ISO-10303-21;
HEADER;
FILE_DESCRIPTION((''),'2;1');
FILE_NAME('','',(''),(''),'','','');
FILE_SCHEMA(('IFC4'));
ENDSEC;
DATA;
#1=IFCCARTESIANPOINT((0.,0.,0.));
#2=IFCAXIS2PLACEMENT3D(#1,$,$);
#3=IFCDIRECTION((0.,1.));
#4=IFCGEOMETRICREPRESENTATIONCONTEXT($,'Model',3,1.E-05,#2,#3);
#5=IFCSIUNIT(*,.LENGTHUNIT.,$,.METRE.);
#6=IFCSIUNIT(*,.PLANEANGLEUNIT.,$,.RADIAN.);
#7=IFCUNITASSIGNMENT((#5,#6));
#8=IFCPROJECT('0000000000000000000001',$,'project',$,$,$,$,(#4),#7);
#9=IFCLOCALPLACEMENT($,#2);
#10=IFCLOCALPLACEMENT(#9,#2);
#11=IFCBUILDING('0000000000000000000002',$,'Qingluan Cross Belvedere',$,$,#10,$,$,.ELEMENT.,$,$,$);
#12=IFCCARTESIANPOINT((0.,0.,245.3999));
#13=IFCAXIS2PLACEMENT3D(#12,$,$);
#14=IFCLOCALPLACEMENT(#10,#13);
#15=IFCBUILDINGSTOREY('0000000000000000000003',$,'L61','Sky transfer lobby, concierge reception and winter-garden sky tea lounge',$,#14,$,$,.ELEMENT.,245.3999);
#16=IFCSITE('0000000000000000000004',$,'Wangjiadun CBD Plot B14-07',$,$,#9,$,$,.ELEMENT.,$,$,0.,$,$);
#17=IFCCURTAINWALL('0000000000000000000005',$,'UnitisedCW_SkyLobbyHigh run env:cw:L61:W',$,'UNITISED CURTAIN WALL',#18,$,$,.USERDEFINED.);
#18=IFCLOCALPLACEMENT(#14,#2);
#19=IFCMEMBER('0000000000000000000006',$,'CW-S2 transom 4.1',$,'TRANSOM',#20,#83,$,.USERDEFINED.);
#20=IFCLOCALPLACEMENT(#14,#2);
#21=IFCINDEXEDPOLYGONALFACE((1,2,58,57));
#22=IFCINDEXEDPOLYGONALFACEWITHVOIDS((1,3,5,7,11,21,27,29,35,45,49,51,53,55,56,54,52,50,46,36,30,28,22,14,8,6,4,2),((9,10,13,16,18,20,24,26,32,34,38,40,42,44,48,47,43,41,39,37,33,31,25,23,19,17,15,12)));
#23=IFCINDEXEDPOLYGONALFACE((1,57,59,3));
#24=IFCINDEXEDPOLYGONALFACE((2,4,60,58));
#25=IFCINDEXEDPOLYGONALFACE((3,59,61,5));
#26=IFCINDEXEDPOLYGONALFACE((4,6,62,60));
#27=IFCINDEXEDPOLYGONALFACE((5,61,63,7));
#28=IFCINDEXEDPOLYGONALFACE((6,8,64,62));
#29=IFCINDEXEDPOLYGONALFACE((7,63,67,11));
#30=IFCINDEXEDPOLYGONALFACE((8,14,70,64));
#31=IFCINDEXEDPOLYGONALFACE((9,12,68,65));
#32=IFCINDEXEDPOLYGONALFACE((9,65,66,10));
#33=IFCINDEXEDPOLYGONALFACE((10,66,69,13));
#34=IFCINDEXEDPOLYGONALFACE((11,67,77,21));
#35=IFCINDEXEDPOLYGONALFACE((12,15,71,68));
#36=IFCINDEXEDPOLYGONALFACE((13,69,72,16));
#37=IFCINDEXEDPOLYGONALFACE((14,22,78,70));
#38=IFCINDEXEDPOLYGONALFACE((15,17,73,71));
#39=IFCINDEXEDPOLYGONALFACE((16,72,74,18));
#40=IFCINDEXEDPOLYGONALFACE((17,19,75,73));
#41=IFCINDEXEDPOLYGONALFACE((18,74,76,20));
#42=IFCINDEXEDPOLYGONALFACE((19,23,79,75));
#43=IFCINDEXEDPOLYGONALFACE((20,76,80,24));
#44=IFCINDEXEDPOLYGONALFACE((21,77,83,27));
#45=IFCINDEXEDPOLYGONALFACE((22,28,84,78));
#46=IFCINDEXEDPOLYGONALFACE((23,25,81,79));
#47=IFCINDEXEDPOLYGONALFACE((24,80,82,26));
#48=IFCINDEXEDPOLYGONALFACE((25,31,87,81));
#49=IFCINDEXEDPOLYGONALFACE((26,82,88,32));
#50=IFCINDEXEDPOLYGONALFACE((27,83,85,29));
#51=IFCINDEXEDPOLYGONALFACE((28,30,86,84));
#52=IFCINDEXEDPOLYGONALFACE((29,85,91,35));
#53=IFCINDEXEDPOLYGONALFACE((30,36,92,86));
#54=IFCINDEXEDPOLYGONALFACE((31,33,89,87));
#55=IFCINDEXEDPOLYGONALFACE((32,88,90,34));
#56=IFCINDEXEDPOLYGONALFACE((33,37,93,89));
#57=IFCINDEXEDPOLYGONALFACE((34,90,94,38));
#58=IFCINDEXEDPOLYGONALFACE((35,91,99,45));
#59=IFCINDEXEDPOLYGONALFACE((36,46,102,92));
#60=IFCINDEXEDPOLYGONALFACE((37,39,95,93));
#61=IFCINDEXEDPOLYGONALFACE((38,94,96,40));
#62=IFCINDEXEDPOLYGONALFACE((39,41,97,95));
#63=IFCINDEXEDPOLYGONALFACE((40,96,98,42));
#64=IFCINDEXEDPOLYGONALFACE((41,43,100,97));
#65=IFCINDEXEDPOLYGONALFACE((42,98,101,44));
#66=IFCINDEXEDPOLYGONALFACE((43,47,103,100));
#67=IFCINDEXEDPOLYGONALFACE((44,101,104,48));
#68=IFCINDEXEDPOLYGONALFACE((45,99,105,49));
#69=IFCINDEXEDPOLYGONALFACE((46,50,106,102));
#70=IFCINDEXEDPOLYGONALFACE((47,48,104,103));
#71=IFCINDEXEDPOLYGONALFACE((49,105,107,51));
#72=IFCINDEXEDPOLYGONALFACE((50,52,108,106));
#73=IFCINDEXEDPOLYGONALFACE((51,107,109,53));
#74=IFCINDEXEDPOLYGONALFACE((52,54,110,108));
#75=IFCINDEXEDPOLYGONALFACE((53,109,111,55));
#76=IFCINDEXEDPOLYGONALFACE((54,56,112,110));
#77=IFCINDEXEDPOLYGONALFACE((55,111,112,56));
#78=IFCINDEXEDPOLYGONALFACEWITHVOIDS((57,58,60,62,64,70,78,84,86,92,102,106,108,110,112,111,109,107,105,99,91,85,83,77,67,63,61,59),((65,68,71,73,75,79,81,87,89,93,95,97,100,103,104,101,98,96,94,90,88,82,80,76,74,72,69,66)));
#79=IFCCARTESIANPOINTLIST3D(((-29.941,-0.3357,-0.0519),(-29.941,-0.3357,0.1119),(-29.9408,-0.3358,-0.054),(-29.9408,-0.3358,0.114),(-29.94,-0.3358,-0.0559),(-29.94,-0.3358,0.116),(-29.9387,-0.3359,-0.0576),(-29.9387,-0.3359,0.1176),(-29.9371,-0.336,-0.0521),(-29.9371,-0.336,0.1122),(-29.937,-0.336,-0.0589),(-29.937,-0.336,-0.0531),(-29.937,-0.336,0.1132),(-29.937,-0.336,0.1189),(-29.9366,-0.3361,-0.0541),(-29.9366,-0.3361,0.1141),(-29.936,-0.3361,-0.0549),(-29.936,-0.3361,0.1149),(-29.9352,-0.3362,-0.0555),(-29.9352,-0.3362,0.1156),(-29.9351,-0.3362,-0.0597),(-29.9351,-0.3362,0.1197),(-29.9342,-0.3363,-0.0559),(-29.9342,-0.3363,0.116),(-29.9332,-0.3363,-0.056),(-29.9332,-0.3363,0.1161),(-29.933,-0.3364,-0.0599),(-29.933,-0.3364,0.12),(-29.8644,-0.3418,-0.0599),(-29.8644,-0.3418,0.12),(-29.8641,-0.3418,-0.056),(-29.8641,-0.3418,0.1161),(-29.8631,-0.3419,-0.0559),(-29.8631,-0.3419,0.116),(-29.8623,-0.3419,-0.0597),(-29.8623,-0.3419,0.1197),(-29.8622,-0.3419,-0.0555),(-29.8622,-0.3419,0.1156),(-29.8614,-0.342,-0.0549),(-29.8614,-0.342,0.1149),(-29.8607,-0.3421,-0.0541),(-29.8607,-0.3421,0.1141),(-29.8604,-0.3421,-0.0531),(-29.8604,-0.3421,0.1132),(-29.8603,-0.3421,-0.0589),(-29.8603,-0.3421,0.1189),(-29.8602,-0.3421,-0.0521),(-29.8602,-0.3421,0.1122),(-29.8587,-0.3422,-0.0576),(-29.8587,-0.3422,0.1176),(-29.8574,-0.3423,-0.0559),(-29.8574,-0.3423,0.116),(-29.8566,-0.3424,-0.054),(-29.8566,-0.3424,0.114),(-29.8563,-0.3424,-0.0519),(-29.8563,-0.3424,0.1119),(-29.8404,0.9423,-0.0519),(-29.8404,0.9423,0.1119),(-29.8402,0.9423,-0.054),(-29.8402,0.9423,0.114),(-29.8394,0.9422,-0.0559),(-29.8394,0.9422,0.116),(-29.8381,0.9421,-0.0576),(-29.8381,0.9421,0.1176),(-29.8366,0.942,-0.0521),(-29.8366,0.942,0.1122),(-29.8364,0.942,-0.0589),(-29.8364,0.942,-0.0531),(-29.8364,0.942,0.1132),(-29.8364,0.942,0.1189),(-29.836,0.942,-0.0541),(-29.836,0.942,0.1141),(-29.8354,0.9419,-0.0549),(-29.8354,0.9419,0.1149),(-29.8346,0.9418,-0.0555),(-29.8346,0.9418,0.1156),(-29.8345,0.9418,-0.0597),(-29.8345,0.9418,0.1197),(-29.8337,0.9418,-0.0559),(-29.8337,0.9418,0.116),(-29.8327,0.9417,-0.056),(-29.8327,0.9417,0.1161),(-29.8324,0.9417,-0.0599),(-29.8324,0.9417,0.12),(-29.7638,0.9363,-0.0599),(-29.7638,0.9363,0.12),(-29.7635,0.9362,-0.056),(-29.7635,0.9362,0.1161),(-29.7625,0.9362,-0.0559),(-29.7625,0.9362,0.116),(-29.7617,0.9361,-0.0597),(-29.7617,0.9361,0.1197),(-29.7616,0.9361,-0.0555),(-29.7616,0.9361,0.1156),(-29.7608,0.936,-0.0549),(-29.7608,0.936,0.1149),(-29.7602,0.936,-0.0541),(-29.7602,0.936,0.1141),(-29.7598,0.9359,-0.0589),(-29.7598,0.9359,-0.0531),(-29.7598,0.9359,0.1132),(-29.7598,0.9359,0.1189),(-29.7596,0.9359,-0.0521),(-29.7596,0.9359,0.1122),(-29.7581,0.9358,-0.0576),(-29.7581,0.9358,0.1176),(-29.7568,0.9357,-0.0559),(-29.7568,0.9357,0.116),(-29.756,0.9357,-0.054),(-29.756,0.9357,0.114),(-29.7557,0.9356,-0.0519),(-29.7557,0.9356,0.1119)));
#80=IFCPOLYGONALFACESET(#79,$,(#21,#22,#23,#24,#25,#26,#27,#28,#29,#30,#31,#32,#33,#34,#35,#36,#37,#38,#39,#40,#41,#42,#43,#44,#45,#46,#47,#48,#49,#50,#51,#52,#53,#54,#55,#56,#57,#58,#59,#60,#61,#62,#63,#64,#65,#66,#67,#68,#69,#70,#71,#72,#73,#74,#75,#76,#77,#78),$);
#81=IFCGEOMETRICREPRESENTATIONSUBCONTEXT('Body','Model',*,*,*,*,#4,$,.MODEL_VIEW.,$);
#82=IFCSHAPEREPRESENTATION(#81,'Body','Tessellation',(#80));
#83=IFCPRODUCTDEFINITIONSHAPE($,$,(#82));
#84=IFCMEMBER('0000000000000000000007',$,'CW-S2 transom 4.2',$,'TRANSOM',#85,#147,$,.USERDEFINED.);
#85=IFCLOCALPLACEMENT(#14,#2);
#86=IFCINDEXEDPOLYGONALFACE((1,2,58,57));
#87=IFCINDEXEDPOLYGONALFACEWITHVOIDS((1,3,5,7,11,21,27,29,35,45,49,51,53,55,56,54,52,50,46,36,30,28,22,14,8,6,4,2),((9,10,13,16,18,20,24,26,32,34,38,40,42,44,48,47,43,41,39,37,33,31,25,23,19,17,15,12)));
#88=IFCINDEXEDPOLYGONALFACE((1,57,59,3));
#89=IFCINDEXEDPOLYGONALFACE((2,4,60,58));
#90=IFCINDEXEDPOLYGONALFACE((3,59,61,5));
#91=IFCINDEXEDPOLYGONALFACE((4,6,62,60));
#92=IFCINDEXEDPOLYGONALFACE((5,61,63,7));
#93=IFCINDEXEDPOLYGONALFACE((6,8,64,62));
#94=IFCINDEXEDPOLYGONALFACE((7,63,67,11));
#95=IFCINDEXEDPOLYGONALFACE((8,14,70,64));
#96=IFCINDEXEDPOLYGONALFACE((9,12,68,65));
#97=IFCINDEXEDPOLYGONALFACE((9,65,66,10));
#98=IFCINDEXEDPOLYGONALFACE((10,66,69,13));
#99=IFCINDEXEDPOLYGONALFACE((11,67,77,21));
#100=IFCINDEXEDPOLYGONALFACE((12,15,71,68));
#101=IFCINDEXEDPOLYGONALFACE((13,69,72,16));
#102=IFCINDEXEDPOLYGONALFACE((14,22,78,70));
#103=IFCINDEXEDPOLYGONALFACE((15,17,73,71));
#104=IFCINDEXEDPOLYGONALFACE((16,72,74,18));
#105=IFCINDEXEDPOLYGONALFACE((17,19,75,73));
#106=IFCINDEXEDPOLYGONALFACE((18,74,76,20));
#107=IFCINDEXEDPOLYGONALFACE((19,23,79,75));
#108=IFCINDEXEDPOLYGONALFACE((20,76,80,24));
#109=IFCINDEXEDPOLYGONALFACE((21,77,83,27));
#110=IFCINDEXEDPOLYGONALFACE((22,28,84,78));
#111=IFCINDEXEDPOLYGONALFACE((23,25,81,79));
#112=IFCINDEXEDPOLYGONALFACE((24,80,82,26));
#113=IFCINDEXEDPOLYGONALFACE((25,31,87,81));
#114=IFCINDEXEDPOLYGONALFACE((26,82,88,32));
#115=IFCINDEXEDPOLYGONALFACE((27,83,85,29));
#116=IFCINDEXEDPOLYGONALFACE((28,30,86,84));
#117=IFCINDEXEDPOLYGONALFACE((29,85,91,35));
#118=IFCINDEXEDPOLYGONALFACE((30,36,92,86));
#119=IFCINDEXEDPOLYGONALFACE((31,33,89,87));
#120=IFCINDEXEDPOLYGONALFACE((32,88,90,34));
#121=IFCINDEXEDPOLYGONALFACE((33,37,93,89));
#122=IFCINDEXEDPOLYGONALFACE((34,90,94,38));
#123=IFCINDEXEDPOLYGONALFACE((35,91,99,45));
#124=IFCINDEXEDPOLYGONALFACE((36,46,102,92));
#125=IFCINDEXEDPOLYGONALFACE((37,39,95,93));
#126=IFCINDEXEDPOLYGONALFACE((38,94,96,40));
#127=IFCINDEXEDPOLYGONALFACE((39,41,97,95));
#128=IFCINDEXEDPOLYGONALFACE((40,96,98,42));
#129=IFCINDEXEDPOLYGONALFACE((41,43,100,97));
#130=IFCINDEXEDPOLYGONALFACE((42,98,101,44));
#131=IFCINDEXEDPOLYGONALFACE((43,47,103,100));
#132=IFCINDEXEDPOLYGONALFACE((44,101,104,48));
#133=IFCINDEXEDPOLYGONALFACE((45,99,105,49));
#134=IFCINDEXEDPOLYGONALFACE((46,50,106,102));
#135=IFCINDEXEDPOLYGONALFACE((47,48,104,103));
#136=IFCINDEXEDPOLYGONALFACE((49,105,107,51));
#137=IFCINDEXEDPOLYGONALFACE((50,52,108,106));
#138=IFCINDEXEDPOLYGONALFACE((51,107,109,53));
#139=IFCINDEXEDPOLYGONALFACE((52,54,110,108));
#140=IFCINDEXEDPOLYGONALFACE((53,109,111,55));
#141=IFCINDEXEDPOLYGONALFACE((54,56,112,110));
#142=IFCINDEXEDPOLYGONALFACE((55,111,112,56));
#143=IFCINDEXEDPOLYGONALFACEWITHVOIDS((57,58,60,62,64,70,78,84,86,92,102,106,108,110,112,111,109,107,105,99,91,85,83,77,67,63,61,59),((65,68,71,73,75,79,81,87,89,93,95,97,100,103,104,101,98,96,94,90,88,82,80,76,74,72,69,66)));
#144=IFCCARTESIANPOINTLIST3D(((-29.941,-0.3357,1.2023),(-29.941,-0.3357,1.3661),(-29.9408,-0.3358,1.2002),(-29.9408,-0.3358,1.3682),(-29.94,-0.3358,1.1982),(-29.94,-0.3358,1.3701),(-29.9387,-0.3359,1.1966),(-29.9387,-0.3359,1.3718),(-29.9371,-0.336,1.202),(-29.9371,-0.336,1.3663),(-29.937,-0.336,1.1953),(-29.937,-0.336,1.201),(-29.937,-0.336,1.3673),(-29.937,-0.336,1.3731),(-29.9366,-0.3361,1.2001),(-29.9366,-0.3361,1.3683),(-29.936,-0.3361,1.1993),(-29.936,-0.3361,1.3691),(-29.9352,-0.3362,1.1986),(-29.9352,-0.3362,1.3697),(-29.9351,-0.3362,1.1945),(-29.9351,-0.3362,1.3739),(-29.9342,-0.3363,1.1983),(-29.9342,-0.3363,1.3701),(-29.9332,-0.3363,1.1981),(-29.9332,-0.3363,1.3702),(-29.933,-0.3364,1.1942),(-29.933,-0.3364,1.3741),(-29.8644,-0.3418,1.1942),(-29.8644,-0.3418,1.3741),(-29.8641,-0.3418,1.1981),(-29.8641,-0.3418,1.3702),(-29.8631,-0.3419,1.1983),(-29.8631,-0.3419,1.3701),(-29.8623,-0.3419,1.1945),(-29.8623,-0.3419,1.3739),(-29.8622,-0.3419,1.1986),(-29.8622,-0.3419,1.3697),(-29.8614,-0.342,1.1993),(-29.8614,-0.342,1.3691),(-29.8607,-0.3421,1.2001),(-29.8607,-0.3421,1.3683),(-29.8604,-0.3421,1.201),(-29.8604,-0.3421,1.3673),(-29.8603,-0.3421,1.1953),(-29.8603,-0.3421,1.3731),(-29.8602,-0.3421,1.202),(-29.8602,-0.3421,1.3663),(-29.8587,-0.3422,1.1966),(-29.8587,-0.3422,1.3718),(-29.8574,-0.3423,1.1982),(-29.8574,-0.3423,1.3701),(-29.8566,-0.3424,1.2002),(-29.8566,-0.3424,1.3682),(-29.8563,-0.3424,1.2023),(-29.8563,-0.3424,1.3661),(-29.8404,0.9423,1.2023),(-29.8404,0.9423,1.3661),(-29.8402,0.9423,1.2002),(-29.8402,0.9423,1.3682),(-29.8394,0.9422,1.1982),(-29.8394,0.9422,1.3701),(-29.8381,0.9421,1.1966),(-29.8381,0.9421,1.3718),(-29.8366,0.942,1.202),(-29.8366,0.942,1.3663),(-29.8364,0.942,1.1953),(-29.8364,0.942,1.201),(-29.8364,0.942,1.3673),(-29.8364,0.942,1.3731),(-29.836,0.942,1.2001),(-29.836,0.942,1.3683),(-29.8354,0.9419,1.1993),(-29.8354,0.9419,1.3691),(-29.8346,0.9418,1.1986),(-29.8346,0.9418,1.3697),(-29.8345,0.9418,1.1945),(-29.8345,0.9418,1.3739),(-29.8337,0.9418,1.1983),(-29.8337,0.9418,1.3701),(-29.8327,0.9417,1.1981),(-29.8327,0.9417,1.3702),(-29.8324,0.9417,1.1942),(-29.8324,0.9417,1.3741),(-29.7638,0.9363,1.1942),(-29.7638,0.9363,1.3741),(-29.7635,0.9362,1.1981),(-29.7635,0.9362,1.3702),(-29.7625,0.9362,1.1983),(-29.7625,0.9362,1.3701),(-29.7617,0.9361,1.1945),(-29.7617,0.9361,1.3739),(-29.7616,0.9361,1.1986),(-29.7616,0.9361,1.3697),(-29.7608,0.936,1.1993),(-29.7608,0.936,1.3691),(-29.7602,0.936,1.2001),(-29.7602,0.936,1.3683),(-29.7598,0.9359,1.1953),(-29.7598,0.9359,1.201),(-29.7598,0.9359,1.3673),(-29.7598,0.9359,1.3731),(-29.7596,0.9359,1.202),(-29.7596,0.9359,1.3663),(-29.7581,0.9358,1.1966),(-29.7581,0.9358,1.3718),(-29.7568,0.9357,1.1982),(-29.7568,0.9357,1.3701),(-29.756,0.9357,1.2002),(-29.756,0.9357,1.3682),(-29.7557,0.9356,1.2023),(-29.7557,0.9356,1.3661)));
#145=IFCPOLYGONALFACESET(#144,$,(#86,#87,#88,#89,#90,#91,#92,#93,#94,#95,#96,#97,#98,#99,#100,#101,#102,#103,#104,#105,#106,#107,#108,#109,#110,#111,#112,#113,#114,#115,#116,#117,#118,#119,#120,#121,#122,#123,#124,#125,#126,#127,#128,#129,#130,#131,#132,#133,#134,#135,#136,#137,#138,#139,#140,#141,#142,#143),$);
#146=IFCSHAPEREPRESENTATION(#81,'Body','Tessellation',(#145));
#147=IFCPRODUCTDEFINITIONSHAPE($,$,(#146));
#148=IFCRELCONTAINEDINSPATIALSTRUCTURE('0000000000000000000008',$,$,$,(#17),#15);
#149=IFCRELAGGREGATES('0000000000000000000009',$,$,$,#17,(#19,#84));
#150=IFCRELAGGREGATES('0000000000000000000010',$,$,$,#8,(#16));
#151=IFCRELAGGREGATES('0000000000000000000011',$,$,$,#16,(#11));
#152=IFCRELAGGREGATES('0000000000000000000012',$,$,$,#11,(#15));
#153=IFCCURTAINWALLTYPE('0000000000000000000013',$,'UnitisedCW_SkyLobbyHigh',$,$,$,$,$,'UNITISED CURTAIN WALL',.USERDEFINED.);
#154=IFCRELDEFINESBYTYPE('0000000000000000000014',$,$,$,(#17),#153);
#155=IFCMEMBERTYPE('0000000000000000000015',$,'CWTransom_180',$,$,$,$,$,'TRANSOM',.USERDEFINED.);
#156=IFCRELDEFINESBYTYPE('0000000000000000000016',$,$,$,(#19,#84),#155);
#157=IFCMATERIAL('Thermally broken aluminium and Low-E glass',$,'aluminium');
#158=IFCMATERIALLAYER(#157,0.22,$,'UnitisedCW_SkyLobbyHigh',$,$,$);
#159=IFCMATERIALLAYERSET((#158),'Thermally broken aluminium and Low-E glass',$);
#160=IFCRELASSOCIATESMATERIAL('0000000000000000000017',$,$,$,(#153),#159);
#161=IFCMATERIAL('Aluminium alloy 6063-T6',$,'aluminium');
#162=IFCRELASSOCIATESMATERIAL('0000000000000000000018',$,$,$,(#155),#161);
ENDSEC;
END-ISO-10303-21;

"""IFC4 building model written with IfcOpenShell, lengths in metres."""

from ifc_helpers import new_model, si_unit, direction, frame, origin, origin_2d, place, context, subcontext, project, spatial, hollow_rectangle, extrude, material, layer, layer_set, material_profile, profile_set, type_object, element, aggregate, save


model = new_model("IFC4")

# Units and contexts
model_context = context("Model", 3, precision=1e-05, world=origin(), true_north=direction((0.0, 1.0)))
body_context = subcontext(model_context, "Body", "Model", "MODEL_VIEW")
ifc_project = project(units=[si_unit("LENGTHUNIT", "METRE"), si_unit("PLANEANGLEUNIT", "RADIAN")], contexts=[model_context])

# Site, building, storey
site_placement = place(None, origin())
site = spatial("IfcSite", under=ifc_project, at=site_placement, Name="Wangjiadun CBD Plot B14-07", CompositionType="ELEMENT", RefElevation=0.0)
building_placement = place(site_placement, origin())
building = spatial("IfcBuilding", under=site, at=building_placement, Name="Qingluan Cross Belvedere", CompositionType="ELEMENT")
storey_placement = place(building_placement, frame((0.0, 0.0, 245.3999)))
storey = spatial("IfcBuildingStorey", under=building, at=storey_placement, Name="L61", Description="Sky transfer lobby, concierge reception and winter-garden sky tea lounge", CompositionType="ELEMENT", Elevation=245.3999)

# Curtain wall, members
ifc_material_1 = material(Name="Thermally broken aluminium and Low-E glass", Category="aluminium")
ifc_layer_1 = layer(ifc_material_1, 0.22, Name="UnitisedCW_SkyLobbyHigh")
ifc_layer_set_1 = layer_set([ifc_layer_1], Name="Thermally broken aluminium and Low-E glass")
curtain_wall_type = type_object("IfcCurtainWallType", Name="UnitisedCW_SkyLobbyHigh", ElementType="UNITISED CURTAIN WALL", PredefinedType="USERDEFINED", material=ifc_layer_set_1)
curtain_wall_placement = place(storey_placement, origin())
curtain_wall = element("IfcCurtainWall", 1, at=curtain_wall_placement, inside=storey, type_object=curtain_wall_type, Name="UnitisedCW_SkyLobbyHigh run env:cw:L61:W", ObjectType="UNITISED CURTAIN WALL", PredefinedType="USERDEFINED")
ifc_material_2 = material(Name="Aluminium alloy 6063-T6", Category="aluminium")
ifc_material_profile_1 = material_profile(ifc_material_2, hollow_rectangle(XDim=0.085, YDim=0.1799, WallThickness=0.0039, InnerFilletRadius=0.0039, OuterFilletRadius=0.0081, at=origin_2d()), Name="CWT180x85x4")
ifc_profile_set_1 = profile_set([ifc_material_profile_1], Name="Aluminium alloy 6063-T6")
member_type_1 = type_object("IfcMemberType", Name="CWTransom_180", ElementType="TRANSOM", PredefinedType="USERDEFINED", material=ifc_profile_set_1)
member_1_placement = place(storey_placement, frame((-29.7981, 0.939, 0.03), z_axis=(-0.078458, -0.996917, 0.0), x_axis=(0.996917, -0.078458, 0.0)))
member_1 = element("IfcMember", 2, at=member_1_placement, type_object=member_type_1, Name="CW-S2 transom 4.1", ObjectType="TRANSOM", PredefinedType="USERDEFINED", context=body_context, shape_type="SweptSolid", body=[
    extrude(hollow_rectangle(XDim=0.085, YDim=0.1799, WallThickness=0.0039, InnerFilletRadius=0.0039, OuterFilletRadius=0.0081, at=origin_2d()), origin(), (0.0, 0.0, 1.0), 1.282),
])
member_2_placement = place(storey_placement, frame((-29.7981, 0.939, 1.2842), z_axis=(-0.078458, -0.996917, 0.0), x_axis=(0.996917, -0.078458, 0.0)))
member_2 = element("IfcMember", 3, at=member_2_placement, type_object=member_type_1, Name="CW-S2 transom 4.2", ObjectType="TRANSOM", PredefinedType="USERDEFINED", context=body_context, shape_type="SweptSolid", body=[
    extrude(hollow_rectangle(XDim=0.085, YDim=0.1799, WallThickness=0.0039, InnerFilletRadius=0.0039, OuterFilletRadius=0.0081, at=origin_2d()), origin(), (0.0, 0.0, 1.0), 1.282),
])
aggregate(curtain_wall, [member_1, member_2])

save(model, "model.ifc")
